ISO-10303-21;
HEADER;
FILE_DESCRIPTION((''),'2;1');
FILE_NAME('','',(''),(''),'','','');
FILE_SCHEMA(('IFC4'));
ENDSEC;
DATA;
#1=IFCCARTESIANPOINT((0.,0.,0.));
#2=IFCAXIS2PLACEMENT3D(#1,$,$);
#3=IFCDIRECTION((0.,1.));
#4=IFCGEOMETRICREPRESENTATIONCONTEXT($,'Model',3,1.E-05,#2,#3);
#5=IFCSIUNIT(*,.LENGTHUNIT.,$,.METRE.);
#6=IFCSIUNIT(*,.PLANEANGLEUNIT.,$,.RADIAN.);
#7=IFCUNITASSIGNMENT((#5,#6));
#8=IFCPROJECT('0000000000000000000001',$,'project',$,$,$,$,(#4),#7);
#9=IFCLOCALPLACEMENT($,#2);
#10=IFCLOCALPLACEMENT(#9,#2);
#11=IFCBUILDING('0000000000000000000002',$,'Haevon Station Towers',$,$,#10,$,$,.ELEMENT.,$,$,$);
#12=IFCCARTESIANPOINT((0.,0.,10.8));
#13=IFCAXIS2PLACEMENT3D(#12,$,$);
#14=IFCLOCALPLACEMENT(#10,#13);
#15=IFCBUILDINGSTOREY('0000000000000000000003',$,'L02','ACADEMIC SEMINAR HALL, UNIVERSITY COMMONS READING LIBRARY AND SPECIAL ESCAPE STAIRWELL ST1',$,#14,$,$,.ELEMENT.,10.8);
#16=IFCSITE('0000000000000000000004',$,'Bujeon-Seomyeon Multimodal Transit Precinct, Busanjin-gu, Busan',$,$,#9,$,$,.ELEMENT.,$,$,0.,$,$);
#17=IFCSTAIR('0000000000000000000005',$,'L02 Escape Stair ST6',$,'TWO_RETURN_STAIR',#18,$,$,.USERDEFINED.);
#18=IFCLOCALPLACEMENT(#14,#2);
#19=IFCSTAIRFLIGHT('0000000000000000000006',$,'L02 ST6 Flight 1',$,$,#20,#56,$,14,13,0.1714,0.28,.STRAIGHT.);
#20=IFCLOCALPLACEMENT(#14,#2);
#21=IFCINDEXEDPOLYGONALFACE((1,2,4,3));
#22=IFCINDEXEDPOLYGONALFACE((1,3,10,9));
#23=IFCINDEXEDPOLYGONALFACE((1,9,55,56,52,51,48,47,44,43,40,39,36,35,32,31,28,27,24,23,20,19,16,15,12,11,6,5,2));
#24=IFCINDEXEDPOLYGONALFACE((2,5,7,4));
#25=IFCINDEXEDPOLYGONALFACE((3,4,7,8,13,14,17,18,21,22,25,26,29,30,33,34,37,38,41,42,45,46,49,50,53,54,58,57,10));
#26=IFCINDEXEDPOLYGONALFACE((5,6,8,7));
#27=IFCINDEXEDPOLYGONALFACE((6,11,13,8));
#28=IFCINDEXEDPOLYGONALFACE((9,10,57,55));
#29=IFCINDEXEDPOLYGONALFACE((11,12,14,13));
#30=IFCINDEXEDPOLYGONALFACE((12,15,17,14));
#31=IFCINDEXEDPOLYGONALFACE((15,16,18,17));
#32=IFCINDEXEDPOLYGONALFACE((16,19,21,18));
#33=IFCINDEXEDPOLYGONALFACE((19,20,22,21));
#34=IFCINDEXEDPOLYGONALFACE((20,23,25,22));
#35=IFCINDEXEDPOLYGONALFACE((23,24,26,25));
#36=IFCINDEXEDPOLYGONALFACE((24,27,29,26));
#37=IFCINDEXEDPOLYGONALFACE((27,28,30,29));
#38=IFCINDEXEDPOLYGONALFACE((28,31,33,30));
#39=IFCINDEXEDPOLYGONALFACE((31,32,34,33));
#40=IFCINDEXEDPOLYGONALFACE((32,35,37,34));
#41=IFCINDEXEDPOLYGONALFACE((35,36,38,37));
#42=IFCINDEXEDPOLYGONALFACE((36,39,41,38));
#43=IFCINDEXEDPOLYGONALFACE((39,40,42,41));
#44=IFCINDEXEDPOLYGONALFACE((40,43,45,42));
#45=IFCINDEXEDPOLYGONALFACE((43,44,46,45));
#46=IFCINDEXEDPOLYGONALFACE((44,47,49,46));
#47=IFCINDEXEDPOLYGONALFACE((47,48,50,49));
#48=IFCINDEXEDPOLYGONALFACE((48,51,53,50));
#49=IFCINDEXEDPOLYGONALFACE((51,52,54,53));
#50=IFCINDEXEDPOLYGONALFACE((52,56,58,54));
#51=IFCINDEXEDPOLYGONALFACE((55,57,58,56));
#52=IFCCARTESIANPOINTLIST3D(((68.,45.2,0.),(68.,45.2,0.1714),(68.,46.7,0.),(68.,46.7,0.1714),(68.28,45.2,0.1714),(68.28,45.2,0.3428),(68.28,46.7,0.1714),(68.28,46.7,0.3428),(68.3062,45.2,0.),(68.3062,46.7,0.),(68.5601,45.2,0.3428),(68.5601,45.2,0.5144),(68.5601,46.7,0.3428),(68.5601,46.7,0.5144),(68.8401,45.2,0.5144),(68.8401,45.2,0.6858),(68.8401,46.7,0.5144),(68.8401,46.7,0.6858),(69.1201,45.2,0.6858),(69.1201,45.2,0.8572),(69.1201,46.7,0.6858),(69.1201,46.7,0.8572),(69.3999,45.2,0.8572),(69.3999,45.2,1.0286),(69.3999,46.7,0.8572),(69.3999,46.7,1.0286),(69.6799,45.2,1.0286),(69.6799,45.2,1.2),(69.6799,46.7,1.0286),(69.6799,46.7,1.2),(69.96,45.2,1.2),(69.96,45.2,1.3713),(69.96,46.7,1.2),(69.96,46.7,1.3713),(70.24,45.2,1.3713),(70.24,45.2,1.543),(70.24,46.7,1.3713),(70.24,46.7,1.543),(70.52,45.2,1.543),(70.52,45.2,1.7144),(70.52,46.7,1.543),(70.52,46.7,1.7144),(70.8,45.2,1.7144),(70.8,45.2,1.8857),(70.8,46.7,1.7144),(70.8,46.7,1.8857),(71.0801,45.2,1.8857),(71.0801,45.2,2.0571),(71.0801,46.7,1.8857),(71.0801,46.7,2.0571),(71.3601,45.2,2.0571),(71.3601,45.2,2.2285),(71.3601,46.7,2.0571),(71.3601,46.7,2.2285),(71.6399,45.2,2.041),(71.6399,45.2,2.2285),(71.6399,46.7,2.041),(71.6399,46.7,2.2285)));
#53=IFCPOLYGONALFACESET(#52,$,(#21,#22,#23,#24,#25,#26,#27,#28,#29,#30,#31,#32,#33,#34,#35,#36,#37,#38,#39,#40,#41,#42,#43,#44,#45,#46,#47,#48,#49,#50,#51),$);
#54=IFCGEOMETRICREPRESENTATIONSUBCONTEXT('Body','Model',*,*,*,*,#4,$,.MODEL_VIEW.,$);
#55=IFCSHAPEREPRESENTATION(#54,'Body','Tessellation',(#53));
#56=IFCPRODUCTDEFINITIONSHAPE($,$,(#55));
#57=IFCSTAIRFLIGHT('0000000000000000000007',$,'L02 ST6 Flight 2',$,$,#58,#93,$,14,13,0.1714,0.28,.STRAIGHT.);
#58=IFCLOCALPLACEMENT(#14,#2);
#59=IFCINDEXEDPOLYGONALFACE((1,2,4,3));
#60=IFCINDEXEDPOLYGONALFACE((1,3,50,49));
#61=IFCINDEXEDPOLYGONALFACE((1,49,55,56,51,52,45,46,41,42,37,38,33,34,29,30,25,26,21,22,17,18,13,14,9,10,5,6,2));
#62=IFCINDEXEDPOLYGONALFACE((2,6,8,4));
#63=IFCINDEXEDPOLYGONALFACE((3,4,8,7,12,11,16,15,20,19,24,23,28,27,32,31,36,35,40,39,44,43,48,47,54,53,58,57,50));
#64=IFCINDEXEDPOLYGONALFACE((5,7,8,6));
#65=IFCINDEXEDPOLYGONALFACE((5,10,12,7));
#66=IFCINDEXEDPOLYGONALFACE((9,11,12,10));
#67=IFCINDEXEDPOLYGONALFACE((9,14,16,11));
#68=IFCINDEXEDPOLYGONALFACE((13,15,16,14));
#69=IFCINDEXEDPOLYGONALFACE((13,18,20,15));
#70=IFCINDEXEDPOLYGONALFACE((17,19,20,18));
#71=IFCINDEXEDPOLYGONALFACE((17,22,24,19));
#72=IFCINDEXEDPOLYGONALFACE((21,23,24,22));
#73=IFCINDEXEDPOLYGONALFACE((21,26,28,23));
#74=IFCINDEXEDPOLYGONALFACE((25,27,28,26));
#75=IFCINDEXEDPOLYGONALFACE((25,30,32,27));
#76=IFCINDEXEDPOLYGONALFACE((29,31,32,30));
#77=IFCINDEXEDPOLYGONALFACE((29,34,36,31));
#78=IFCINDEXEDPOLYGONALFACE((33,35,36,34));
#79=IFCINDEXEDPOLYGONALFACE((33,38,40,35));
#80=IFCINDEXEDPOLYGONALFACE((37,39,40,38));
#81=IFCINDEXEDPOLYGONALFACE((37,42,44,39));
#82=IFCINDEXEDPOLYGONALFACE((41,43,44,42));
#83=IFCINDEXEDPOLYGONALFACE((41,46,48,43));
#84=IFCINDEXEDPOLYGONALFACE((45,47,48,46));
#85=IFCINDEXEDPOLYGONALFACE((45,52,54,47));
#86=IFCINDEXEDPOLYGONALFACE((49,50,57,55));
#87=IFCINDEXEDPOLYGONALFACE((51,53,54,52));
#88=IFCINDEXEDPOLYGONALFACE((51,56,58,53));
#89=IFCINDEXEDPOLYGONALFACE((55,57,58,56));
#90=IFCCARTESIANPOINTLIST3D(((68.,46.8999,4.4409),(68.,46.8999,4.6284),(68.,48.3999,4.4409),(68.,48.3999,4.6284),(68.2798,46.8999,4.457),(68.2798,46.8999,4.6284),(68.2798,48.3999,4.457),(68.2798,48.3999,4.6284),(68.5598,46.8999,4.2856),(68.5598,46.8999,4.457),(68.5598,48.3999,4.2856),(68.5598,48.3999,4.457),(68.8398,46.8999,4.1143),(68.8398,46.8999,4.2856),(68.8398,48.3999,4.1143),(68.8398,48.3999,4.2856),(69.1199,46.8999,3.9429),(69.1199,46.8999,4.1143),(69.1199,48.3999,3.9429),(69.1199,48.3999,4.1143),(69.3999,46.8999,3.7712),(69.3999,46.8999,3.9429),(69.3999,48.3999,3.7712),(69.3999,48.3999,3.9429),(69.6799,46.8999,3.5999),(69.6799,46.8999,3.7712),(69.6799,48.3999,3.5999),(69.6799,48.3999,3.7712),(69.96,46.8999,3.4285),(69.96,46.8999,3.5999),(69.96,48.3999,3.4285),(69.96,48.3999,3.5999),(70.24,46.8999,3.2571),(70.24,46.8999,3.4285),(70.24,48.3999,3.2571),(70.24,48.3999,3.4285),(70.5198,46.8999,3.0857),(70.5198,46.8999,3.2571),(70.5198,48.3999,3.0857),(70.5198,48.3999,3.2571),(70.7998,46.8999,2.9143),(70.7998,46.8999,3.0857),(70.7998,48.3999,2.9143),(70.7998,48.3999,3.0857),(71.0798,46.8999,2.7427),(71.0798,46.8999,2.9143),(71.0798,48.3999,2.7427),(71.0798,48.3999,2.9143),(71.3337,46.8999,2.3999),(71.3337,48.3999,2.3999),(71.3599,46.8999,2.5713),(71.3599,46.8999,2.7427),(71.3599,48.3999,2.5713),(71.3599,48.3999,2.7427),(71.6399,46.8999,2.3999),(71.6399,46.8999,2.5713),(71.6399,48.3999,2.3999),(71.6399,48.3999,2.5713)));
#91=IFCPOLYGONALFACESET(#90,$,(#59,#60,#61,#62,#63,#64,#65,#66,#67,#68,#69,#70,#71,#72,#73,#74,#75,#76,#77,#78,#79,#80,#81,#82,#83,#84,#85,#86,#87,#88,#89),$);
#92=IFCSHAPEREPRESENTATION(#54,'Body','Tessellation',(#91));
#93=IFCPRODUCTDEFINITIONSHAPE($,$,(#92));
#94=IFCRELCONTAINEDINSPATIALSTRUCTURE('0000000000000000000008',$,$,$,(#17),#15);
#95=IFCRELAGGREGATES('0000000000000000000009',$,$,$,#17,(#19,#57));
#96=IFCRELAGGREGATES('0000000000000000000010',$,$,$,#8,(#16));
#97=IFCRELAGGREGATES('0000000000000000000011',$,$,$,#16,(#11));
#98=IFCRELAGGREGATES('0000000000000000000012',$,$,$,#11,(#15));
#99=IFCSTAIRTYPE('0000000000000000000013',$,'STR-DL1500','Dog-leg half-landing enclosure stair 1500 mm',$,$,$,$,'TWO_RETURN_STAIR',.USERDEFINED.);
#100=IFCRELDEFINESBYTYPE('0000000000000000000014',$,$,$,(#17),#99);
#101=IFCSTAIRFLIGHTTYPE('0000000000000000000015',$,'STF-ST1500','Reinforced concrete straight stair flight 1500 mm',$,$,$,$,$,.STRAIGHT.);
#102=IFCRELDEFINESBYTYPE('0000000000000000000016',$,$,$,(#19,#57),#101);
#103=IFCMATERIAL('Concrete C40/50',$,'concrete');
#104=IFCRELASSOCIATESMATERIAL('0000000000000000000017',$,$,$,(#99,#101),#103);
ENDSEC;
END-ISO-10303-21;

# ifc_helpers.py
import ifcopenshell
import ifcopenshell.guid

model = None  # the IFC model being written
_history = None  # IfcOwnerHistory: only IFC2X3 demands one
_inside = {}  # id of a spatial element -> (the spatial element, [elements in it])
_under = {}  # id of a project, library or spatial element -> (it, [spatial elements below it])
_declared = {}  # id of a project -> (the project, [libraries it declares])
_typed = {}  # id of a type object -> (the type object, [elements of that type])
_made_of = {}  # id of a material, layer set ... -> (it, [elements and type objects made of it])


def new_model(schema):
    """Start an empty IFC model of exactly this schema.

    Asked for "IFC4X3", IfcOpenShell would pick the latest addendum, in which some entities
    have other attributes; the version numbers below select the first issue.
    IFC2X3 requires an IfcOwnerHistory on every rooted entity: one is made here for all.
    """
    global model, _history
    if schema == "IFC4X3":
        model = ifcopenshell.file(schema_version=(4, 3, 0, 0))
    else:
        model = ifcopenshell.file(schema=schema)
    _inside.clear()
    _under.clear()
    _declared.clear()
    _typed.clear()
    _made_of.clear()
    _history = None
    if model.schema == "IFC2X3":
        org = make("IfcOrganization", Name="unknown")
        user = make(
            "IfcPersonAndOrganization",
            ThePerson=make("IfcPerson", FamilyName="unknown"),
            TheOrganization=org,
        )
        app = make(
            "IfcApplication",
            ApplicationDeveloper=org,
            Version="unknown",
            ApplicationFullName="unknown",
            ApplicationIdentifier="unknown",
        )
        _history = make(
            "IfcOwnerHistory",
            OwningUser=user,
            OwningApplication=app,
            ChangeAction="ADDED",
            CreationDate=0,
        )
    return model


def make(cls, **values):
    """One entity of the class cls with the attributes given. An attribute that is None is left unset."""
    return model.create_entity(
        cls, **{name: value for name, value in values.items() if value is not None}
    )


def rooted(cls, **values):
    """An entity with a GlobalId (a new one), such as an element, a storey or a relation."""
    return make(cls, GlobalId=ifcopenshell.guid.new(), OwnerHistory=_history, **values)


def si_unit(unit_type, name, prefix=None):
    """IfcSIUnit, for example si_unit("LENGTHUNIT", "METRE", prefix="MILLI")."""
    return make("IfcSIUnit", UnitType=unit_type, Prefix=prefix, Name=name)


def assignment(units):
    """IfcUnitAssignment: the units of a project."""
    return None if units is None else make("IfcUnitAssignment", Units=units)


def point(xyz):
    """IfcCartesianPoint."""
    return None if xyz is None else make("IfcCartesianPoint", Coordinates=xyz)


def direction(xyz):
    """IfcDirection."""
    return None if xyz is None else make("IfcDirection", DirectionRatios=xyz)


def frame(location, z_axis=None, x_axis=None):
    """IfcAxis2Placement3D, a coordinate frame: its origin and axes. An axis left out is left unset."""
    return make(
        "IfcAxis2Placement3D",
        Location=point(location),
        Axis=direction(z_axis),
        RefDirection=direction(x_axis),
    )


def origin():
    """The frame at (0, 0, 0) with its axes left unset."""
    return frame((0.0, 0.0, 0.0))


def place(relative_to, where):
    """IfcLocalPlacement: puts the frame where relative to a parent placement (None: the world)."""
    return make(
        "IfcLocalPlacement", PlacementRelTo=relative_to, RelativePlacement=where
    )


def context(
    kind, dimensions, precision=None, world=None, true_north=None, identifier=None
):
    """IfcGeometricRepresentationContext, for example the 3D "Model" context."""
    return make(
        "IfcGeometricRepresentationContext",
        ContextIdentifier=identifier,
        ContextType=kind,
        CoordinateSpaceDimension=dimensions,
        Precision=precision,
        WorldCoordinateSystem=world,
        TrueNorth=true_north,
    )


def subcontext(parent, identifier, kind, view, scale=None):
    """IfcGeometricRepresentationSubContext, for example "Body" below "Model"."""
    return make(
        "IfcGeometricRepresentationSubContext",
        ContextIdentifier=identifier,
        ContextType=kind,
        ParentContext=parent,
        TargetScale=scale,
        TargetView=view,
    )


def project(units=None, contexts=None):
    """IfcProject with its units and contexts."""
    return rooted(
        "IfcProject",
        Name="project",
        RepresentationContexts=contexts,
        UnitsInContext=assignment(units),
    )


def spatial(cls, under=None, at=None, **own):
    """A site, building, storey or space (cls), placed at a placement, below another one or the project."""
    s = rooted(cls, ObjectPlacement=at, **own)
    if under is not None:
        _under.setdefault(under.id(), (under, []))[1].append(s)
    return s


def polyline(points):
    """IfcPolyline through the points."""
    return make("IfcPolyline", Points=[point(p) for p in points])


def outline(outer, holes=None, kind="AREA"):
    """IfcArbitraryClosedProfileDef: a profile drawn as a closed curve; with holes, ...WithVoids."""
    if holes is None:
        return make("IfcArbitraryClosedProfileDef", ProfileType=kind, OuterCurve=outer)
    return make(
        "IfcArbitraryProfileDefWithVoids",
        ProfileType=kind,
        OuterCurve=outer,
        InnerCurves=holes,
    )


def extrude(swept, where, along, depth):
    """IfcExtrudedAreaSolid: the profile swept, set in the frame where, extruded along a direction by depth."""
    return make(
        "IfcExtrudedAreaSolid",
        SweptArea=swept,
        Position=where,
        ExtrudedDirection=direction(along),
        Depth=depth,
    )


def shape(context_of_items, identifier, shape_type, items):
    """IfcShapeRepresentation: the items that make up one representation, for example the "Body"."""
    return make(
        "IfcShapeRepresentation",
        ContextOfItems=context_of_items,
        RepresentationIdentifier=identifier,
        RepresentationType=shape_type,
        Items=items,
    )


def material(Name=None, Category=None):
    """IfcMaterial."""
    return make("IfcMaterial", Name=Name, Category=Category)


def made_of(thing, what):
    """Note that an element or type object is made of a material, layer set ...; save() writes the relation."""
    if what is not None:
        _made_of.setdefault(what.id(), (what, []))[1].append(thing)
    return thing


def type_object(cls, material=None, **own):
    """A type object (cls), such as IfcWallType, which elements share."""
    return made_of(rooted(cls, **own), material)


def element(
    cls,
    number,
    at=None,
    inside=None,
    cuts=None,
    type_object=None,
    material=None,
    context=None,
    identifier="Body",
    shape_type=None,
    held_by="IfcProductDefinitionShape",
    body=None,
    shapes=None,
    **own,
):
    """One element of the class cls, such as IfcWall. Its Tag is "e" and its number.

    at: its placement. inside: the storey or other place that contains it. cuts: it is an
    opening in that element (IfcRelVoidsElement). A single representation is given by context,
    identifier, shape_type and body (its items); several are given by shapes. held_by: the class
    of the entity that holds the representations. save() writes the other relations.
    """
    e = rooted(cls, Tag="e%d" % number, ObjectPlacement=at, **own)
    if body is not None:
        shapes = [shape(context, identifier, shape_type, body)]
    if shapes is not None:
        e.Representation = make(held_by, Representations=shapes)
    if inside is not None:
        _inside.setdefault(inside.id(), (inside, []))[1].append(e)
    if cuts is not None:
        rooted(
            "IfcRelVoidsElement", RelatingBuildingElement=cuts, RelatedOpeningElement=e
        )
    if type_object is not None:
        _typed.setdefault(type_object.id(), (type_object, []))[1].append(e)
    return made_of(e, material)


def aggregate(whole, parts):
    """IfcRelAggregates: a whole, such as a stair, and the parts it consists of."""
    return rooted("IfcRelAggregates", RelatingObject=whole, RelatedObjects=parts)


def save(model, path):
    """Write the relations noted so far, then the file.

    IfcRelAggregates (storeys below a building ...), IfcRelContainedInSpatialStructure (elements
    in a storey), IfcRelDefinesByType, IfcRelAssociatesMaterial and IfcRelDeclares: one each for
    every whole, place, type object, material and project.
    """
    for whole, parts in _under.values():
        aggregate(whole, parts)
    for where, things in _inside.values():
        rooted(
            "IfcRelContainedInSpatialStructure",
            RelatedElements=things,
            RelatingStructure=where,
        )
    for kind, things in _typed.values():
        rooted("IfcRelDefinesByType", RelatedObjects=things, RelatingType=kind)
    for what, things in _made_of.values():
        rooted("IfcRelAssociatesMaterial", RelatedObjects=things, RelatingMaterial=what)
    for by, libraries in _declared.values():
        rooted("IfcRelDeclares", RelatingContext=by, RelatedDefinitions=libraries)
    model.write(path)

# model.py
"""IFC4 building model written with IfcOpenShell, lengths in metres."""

from ifc_helpers import new_model, si_unit, direction, frame, origin, place, context, subcontext, project, spatial, polyline, outline, extrude, material, type_object, element, aggregate, save


model = new_model("IFC4")

# Units and contexts
model_context = context("Model", 3, precision=1e-05, world=origin(), true_north=direction((0.0, 1.0)))
body_context = subcontext(model_context, "Body", "Model", "MODEL_VIEW")
ifc_project = project(units=[si_unit("LENGTHUNIT", "METRE"), si_unit("PLANEANGLEUNIT", "RADIAN")], contexts=[model_context])

# Site, building, storey
site_placement = place(None, origin())
site = spatial("IfcSite", under=ifc_project, at=site_placement, Name="Bujeon-Seomyeon Multimodal Transit Precinct, Busanjin-gu, Busan", CompositionType="ELEMENT", RefElevation=0.0)
building_placement = place(site_placement, origin())
building = spatial("IfcBuilding", under=site, at=building_placement, Name="Haevon Station Towers", CompositionType="ELEMENT")
storey_placement = place(building_placement, frame((0.0, 0.0, 10.8)))
storey = spatial("IfcBuildingStorey", under=building, at=storey_placement, Name="L02", Description="ACADEMIC SEMINAR HALL, UNIVERSITY COMMONS READING LIBRARY AND SPECIAL ESCAPE STAIRWELL ST1", CompositionType="ELEMENT", Elevation=10.8)

# Shared definitions
ifc_material_1 = material(Name="Concrete C40/50", Category="concrete")

# Stair, stair flights
stair_type = type_object("IfcStairType", Name="STR-DL1500", Description="Dog-leg half-landing enclosure stair 1500 mm", ElementType="TWO_RETURN_STAIR", PredefinedType="USERDEFINED", material=ifc_material_1)
stair_placement = place(storey_placement, origin())
stair = element("IfcStair", 1, at=stair_placement, inside=storey, type_object=stair_type, Name="L02 Escape Stair ST6", ObjectType="TWO_RETURN_STAIR", PredefinedType="USERDEFINED")
stair_flight_type = type_object("IfcStairFlightType", Name="STF-ST1500", Description="Reinforced concrete straight stair flight 1500 mm", PredefinedType="STRAIGHT", material=ifc_material_1)
stair_flight_1_placement = place(storey_placement, frame((68.0, 45.95, 0.0), z_axis=(0.0, 0.0, 1.0), x_axis=(1.0, 0.0, 0.0)))
stair_flight_1 = element("IfcStairFlight", 2, at=stair_flight_1_placement, type_object=stair_flight_type, Name="L02 ST6 Flight 1", NumberOfRisers=14, NumberOfTreads=13, PredefinedType="STRAIGHT", RiserHeight=0.1714, TreadLength=0.28, context=body_context, shape_type="SweptSolid", body=[
    extrude(outline(polyline([(0.0, 0.0), (0.0, 0.1714), (0.28, 0.1714), (0.28, 0.3428), (0.5601, 0.3428), (0.5601, 0.5144), (0.8401, 0.5144), (0.8401, 0.6858), (1.1201, 0.6858), (1.1201, 0.8572), (1.3999, 0.8572), (1.3999, 1.0286), (1.6799, 1.0286), (1.6799, 1.2), (1.96, 1.2), (1.96, 1.3713), (2.24, 1.3713), (2.24, 1.543), (2.52, 1.543), (2.52, 1.7144), (2.8, 1.7144), (2.8, 1.8857), (3.0801, 1.8857), (3.0801, 2.0571), (3.3601, 2.0571), (3.3601, 2.2285), (3.6399, 2.2285), (3.6399, 2.3999), (3.6399, 2.041), (0.3062, 0.0), (0.0, 0.0)])), frame((0.0, 0.75, 0.0), z_axis=(0.0, -1.0, 0.0), x_axis=(1.0, 0.0, 0.0)), (0.0, 0.0, 1.0), 1.5),
])
stair_flight_2_placement = place(storey_placement, frame((71.6399, 47.6499, 2.3999), z_axis=(0.0, 0.0, 1.0), x_axis=(-1.0, 0.0, 0.0)))
stair_flight_2 = element("IfcStairFlight", 3, at=stair_flight_2_placement, type_object=stair_flight_type, Name="L02 ST6 Flight 2", NumberOfRisers=14, NumberOfTreads=13, PredefinedType="STRAIGHT", RiserHeight=0.1714, TreadLength=0.28, context=body_context, shape_type="SweptSolid", body=[
    extrude(outline(polyline([(0.0, 0.0), (0.0, 0.1714), (0.28, 0.1714), (0.28, 0.3428), (0.5601, 0.3428), (0.5601, 0.5144), (0.8401, 0.5144), (0.8401, 0.6858), (1.1201, 0.6858), (1.1201, 0.8572), (1.3999, 0.8572), (1.3999, 1.0286), (1.6799, 1.0286), (1.6799, 1.2), (1.96, 1.2), (1.96, 1.3713), (2.24, 1.3713), (2.24, 1.543), (2.52, 1.543), (2.52, 1.7144), (2.8, 1.7144), (2.8, 1.8857), (3.0801, 1.8857), (3.0801, 2.0571), (3.3601, 2.0571), (3.3601, 2.2285), (3.6399, 2.2285), (3.6399, 2.3999), (3.6399, 2.041), (0.3062, 0.0), (0.0, 0.0)])), frame((0.0, 0.75, 0.0), z_axis=(0.0, -1.0, 0.0), x_axis=(1.0, 0.0, 0.0)), (0.0, 0.0, 1.0), 1.5),
])
aggregate(stair, [stair_flight_1, stair_flight_2])

save(model, "model.ifc")
